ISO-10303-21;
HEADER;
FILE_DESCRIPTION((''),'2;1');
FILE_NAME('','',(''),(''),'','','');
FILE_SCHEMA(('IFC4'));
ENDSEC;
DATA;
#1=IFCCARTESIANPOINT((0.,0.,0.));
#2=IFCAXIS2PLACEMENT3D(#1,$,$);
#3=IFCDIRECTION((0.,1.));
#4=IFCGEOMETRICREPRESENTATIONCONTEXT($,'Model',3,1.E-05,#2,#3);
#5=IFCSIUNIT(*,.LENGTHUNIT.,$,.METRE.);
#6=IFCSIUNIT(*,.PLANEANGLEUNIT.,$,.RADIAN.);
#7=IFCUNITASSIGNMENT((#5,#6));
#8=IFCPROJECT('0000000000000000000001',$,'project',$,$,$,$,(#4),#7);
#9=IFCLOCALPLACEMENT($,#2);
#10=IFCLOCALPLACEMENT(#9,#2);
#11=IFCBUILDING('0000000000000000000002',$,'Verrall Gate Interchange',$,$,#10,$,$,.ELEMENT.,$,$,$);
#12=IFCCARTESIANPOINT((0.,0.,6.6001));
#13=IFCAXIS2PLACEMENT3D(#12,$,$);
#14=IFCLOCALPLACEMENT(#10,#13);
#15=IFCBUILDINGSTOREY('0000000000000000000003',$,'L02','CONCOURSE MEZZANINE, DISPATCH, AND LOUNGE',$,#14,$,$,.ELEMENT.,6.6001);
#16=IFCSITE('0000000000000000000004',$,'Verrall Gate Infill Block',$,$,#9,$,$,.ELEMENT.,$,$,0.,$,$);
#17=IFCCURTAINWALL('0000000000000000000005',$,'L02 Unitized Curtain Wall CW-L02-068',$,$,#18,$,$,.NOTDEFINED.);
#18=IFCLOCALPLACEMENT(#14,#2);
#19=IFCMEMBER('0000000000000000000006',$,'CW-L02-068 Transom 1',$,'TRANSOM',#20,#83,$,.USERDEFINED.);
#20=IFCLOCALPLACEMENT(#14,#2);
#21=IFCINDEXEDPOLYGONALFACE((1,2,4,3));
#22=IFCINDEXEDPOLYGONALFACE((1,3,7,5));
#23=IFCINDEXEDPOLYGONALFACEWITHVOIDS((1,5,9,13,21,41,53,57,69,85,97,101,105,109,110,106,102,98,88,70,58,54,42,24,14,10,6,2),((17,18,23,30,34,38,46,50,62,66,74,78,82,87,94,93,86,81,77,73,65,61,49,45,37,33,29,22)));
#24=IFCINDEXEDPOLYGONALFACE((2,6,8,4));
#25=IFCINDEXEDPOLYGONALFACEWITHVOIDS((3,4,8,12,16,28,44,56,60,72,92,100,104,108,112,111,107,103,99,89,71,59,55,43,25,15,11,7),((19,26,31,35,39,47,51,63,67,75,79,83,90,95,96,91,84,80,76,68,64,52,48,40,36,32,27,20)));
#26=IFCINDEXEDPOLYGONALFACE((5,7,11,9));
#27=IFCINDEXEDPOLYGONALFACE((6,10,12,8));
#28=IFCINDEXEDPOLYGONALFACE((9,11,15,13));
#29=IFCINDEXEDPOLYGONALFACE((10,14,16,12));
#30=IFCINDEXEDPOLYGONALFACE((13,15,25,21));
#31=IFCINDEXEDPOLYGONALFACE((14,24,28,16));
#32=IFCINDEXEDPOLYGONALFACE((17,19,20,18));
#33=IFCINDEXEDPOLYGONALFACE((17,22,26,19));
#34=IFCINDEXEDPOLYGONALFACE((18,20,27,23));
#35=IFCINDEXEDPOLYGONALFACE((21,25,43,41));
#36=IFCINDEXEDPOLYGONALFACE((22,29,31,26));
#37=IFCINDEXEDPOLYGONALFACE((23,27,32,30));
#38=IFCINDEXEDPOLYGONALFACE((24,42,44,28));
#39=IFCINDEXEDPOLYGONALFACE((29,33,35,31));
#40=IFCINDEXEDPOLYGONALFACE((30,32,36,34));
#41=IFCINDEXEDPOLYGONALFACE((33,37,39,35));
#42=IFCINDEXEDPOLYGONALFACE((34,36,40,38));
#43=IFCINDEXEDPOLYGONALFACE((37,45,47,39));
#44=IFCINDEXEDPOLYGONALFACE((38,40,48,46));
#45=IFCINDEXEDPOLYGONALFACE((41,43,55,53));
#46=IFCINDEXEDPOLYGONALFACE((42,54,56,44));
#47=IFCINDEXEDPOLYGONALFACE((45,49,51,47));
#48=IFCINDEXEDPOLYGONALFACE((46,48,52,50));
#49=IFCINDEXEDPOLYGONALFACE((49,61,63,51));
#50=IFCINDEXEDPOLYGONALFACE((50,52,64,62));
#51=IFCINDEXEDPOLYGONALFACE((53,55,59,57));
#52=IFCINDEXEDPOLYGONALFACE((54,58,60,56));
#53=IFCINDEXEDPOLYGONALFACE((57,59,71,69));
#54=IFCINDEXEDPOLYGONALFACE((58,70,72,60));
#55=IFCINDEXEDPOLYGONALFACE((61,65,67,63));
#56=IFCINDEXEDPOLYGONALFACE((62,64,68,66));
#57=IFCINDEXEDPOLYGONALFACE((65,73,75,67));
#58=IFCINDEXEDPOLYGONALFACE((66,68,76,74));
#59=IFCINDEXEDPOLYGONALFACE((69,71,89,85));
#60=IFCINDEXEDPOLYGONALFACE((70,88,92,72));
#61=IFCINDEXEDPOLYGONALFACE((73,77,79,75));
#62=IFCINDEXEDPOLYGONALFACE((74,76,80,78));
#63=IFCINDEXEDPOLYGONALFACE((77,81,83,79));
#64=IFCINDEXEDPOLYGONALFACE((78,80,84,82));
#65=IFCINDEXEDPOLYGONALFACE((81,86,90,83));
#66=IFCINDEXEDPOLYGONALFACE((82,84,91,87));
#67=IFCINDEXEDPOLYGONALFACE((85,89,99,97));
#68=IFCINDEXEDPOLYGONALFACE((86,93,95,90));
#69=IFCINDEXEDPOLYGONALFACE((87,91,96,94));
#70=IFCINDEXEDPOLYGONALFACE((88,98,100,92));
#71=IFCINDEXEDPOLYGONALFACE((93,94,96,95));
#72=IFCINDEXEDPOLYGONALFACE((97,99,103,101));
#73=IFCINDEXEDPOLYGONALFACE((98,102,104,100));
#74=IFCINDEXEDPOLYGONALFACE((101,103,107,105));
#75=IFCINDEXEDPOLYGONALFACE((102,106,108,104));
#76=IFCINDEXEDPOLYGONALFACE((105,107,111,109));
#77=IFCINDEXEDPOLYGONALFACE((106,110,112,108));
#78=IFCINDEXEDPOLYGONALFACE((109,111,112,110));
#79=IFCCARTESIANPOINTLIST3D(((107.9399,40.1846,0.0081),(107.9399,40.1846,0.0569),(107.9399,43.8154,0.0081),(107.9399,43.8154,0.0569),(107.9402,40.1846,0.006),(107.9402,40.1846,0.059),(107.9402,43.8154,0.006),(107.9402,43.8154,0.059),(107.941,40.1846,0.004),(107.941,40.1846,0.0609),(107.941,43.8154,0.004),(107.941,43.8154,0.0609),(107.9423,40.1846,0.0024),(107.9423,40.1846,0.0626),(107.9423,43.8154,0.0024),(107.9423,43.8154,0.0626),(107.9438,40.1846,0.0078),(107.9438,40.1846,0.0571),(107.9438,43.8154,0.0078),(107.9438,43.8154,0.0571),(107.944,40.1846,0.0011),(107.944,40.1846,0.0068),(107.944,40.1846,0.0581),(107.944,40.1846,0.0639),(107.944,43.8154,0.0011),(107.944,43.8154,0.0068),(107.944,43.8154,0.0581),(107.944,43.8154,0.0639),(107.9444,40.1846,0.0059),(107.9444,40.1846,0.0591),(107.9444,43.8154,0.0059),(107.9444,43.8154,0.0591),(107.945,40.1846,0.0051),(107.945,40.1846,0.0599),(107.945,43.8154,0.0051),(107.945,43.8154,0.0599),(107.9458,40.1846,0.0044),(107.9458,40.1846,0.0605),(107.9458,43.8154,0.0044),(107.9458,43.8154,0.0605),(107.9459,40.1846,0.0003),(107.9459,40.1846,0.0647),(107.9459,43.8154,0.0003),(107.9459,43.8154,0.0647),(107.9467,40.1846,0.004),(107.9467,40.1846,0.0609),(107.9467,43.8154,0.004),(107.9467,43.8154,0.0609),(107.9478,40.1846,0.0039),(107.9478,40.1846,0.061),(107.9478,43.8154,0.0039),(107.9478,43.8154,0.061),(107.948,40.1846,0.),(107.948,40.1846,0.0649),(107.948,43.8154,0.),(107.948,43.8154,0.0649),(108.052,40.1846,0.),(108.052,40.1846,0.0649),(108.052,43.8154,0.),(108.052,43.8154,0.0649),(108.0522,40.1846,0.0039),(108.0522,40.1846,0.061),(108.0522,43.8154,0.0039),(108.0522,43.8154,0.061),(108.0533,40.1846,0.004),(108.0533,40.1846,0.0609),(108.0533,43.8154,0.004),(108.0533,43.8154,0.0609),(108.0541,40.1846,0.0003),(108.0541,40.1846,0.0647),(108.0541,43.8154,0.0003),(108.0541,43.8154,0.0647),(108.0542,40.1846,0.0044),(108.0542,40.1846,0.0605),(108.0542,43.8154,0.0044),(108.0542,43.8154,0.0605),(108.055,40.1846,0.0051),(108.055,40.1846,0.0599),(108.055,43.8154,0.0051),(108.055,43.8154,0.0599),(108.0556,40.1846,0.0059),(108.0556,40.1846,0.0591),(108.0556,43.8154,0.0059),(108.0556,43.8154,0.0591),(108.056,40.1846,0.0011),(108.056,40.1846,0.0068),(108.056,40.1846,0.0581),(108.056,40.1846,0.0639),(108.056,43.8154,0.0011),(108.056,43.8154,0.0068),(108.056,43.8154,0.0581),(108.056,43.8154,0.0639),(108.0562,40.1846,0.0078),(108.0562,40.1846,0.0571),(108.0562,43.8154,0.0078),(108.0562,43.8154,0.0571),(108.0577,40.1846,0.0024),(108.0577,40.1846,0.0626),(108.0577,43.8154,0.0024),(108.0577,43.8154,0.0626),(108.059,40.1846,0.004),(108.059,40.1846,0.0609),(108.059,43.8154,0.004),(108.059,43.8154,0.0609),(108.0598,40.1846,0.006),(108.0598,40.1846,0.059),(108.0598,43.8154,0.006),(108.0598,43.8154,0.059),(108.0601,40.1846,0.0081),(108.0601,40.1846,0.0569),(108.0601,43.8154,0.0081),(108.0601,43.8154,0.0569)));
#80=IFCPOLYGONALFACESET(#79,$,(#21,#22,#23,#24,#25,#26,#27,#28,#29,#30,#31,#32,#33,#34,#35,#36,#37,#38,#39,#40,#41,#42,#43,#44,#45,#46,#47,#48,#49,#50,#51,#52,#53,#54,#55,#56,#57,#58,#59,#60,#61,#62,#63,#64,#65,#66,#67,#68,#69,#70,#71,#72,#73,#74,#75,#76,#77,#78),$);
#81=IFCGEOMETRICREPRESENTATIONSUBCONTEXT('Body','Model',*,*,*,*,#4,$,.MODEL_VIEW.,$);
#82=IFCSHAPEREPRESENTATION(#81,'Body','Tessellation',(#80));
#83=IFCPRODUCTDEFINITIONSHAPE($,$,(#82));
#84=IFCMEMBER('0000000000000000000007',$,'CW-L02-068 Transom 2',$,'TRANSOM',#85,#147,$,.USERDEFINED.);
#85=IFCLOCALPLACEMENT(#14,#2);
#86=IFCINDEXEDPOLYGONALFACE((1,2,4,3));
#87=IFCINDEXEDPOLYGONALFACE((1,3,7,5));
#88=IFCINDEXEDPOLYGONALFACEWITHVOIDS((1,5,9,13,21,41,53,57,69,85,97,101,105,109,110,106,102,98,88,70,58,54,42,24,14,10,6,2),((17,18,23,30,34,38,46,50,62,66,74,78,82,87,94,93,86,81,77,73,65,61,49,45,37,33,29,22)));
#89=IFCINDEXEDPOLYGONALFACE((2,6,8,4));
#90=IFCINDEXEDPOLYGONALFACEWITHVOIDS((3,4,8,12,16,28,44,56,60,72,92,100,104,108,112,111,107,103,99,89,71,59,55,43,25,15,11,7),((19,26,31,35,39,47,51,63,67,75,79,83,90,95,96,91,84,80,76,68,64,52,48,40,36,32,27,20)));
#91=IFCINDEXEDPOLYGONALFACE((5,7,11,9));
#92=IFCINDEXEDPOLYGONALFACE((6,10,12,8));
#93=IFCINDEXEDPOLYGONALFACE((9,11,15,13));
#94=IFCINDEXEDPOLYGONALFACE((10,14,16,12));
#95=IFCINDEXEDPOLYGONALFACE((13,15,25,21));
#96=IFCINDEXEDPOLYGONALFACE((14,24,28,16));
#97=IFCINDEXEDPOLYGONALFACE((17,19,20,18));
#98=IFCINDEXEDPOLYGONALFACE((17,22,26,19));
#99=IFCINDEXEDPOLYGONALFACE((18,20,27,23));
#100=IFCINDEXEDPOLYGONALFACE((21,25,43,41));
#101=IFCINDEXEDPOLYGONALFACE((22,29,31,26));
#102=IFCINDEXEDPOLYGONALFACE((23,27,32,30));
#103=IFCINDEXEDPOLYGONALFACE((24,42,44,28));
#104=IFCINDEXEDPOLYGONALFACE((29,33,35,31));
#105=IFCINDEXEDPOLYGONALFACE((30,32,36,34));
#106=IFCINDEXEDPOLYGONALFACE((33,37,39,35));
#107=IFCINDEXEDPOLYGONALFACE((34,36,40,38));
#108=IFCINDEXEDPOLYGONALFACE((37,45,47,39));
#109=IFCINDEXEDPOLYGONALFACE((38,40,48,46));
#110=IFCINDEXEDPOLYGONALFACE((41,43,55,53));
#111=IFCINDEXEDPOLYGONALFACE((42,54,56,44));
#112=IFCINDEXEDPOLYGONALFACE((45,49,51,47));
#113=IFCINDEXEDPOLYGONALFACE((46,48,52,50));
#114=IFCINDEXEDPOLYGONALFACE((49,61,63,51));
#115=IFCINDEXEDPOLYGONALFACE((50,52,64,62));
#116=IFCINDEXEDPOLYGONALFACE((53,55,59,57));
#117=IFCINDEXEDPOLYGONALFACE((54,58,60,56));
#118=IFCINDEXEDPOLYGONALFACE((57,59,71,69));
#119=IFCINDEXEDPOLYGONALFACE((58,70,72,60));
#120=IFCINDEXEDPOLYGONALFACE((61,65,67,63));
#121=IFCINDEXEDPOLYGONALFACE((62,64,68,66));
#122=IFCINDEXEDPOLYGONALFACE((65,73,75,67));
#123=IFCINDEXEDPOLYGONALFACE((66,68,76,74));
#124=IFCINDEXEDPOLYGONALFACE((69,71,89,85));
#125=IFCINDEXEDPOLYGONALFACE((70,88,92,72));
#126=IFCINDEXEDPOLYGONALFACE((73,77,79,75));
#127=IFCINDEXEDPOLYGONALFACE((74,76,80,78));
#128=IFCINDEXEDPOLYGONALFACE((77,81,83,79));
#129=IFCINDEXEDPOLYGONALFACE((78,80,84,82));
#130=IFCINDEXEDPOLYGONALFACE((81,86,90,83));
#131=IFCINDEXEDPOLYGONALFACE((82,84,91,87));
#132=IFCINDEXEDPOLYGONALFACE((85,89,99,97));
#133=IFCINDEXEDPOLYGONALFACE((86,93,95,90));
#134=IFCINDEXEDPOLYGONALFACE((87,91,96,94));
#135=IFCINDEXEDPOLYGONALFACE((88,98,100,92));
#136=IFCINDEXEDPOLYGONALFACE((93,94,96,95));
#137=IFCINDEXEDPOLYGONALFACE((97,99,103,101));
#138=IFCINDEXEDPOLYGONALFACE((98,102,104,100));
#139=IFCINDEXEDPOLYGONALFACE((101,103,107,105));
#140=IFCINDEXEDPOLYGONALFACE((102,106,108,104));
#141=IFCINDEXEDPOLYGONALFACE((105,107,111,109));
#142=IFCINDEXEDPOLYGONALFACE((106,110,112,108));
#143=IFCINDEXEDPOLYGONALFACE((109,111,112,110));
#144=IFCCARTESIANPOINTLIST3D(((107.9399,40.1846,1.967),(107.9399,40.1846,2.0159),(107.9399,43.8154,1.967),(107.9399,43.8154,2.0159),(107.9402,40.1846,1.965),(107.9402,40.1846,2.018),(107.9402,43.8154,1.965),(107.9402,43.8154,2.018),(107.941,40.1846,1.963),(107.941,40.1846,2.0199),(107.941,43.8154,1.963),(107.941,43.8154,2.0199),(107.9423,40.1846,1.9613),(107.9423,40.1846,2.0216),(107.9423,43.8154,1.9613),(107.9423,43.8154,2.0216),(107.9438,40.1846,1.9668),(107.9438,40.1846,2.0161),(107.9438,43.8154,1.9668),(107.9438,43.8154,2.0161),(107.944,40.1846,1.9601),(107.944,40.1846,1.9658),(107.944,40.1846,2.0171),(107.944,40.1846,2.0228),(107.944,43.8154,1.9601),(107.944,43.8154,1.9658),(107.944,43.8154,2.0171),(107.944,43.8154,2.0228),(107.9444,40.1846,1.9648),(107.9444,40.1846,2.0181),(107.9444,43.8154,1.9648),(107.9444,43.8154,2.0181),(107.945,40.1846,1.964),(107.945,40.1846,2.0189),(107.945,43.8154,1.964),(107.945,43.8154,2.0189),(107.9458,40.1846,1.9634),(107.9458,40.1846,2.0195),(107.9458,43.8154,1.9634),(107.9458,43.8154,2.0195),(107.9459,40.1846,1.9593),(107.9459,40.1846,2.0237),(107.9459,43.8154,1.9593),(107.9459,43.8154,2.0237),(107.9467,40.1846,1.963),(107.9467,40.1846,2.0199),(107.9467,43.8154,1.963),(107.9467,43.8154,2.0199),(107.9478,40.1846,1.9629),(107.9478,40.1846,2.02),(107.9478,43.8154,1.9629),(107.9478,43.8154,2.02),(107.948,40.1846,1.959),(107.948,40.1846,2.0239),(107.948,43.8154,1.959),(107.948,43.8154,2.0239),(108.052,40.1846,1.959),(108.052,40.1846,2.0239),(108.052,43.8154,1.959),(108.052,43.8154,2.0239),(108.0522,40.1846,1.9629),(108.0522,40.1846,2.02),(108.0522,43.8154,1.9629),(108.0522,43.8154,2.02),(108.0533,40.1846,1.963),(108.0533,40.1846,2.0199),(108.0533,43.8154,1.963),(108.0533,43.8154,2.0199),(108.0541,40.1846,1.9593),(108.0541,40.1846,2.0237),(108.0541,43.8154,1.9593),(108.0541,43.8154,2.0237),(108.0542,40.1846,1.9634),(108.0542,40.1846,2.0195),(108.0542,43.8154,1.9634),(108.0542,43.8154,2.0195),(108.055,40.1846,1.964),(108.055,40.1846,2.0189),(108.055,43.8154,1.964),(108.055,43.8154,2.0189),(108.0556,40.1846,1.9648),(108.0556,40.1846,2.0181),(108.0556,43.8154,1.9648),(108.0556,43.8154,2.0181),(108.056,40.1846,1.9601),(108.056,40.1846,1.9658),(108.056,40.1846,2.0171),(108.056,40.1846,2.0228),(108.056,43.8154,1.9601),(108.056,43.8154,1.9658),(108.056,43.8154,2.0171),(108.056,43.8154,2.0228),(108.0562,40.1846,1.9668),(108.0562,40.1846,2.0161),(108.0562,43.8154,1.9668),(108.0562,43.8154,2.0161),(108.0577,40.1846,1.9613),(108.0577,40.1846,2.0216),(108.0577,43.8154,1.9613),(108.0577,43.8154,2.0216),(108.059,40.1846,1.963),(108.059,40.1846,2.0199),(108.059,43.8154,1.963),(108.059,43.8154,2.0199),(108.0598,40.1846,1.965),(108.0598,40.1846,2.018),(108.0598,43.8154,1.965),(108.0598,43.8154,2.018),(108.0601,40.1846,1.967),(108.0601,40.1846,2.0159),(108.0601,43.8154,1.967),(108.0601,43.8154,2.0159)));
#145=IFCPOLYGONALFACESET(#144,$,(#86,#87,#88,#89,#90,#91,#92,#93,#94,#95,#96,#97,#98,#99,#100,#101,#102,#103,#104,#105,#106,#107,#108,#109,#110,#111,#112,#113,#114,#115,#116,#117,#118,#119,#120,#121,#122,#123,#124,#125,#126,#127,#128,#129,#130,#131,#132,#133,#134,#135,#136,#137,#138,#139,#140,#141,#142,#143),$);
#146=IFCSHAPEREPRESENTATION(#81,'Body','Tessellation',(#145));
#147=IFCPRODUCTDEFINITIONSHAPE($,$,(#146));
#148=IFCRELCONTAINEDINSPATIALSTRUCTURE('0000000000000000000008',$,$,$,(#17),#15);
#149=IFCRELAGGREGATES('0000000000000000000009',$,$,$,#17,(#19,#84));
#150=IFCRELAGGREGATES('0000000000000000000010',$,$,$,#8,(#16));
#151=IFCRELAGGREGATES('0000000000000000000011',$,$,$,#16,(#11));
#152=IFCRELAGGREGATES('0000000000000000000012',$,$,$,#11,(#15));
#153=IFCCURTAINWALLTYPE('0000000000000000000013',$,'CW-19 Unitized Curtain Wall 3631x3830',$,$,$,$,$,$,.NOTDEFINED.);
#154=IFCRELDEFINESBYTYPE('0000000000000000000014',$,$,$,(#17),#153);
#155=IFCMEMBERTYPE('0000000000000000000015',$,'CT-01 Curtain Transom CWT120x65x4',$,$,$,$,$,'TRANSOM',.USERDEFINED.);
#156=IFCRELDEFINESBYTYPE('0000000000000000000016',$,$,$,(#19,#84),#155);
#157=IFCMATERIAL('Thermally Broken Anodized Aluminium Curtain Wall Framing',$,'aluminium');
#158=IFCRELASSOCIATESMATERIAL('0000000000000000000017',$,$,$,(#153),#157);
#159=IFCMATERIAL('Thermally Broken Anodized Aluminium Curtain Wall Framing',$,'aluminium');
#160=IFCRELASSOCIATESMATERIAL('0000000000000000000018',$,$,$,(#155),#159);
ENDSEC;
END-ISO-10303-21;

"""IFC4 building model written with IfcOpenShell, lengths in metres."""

from ifc_helpers import new_model, si_unit, direction, frame, origin, origin_2d, place, context, subcontext, project, spatial, hollow_rectangle, extrude, material, material_profile, profile_set, type_object, element, aggregate, save


model = new_model("IFC4")

# Units and contexts
model_context = context("Model", 3, precision=1e-05, world=origin(), true_north=direction((0.0, 1.0)))
body_context = subcontext(model_context, "Body", "Model", "MODEL_VIEW")
ifc_project = project(units=[si_unit("LENGTHUNIT", "METRE"), si_unit("PLANEANGLEUNIT", "RADIAN")], contexts=[model_context])

# Site, building, storey
site_placement = place(None, origin())
site = spatial("IfcSite", under=ifc_project, at=site_placement, Name="Verrall Gate Infill Block", CompositionType="ELEMENT", RefElevation=0.0)
building_placement = place(site_placement, origin())
building = spatial("IfcBuilding", under=site, at=building_placement, Name="Verrall Gate Interchange", CompositionType="ELEMENT")
storey_placement = place(building_placement, frame((0.0, 0.0, 6.6001)))
storey = spatial("IfcBuildingStorey", under=building, at=storey_placement, Name="L02", Description="CONCOURSE MEZZANINE, DISPATCH, AND LOUNGE", CompositionType="ELEMENT", Elevation=6.6001)

# Curtain wall
ifc_material_1 = material(Name="Thermally Broken Anodized Aluminium Curtain Wall Framing", Category="aluminium")
curtain_wall_type_1 = type_object("IfcCurtainWallType", Name="CW-19 Unitized Curtain Wall 3631x3830", PredefinedType="NOTDEFINED", material=ifc_material_1)
curtain_wall_1_placement = place(storey_placement, origin())
curtain_wall_1 = element("IfcCurtainWall", 1, at=curtain_wall_1_placement, inside=storey, type_object=curtain_wall_type_1, Name="L02 Unitized Curtain Wall CW-L02-068", PredefinedType="NOTDEFINED")

# Members
ifc_material_2 = material(Name="Thermally Broken Anodized Aluminium Curtain Wall Framing", Category="aluminium")
ifc_material_profile_1 = material_profile(ifc_material_2, hollow_rectangle(XDim=0.1201, YDim=0.0649, WallThickness=0.0039, InnerFilletRadius=0.0039, OuterFilletRadius=0.0081, at=origin_2d()), Name="CWT120x65x4")
ifc_profile_set_1 = profile_set([ifc_material_profile_1], Name="Thermally Broken Anodized Aluminium Curtain Wall Framing")
member_type_1 = type_object("IfcMemberType", Name="CT-01 Curtain Transom CWT120x65x4", ElementType="TRANSOM", PredefinedType="USERDEFINED", material=ifc_profile_set_1)
member_1_placement = place(storey_placement, frame((108.0, 40.1846, 0.0325), z_axis=(0.0, 1.0, 0.0), x_axis=(-1.0, 0.0, 0.0)))
member_1 = element("IfcMember", 2, at=member_1_placement, type_object=member_type_1, Name="CW-L02-068 Transom 1", ObjectType="TRANSOM", PredefinedType="USERDEFINED", context=body_context, shape_type="SweptSolid", body=[
    extrude(hollow_rectangle(XDim=0.1201, YDim=0.0649, WallThickness=0.0039, InnerFilletRadius=0.0039, OuterFilletRadius=0.0081, at=origin_2d()), origin(), (0.0, 0.0, 1.0), 3.6309),
])
member_2_placement = place(storey_placement, frame((108.0, 40.1846, 1.9915), z_axis=(0.0, 1.0, 0.0), x_axis=(-1.0, 0.0, 0.0)))
member_2 = element("IfcMember", 3, at=member_2_placement, type_object=member_type_1, Name="CW-L02-068 Transom 2", ObjectType="TRANSOM", PredefinedType="USERDEFINED", context=body_context, shape_type="SweptSolid", body=[
    extrude(hollow_rectangle(XDim=0.1201, YDim=0.0649, WallThickness=0.0039, InnerFilletRadius=0.0039, OuterFilletRadius=0.0081, at=origin_2d()), origin(), (0.0, 0.0, 1.0), 3.6309),
])

aggregate(curtain_wall_1, [member_1, member_2])

save(model, "model.ifc")
